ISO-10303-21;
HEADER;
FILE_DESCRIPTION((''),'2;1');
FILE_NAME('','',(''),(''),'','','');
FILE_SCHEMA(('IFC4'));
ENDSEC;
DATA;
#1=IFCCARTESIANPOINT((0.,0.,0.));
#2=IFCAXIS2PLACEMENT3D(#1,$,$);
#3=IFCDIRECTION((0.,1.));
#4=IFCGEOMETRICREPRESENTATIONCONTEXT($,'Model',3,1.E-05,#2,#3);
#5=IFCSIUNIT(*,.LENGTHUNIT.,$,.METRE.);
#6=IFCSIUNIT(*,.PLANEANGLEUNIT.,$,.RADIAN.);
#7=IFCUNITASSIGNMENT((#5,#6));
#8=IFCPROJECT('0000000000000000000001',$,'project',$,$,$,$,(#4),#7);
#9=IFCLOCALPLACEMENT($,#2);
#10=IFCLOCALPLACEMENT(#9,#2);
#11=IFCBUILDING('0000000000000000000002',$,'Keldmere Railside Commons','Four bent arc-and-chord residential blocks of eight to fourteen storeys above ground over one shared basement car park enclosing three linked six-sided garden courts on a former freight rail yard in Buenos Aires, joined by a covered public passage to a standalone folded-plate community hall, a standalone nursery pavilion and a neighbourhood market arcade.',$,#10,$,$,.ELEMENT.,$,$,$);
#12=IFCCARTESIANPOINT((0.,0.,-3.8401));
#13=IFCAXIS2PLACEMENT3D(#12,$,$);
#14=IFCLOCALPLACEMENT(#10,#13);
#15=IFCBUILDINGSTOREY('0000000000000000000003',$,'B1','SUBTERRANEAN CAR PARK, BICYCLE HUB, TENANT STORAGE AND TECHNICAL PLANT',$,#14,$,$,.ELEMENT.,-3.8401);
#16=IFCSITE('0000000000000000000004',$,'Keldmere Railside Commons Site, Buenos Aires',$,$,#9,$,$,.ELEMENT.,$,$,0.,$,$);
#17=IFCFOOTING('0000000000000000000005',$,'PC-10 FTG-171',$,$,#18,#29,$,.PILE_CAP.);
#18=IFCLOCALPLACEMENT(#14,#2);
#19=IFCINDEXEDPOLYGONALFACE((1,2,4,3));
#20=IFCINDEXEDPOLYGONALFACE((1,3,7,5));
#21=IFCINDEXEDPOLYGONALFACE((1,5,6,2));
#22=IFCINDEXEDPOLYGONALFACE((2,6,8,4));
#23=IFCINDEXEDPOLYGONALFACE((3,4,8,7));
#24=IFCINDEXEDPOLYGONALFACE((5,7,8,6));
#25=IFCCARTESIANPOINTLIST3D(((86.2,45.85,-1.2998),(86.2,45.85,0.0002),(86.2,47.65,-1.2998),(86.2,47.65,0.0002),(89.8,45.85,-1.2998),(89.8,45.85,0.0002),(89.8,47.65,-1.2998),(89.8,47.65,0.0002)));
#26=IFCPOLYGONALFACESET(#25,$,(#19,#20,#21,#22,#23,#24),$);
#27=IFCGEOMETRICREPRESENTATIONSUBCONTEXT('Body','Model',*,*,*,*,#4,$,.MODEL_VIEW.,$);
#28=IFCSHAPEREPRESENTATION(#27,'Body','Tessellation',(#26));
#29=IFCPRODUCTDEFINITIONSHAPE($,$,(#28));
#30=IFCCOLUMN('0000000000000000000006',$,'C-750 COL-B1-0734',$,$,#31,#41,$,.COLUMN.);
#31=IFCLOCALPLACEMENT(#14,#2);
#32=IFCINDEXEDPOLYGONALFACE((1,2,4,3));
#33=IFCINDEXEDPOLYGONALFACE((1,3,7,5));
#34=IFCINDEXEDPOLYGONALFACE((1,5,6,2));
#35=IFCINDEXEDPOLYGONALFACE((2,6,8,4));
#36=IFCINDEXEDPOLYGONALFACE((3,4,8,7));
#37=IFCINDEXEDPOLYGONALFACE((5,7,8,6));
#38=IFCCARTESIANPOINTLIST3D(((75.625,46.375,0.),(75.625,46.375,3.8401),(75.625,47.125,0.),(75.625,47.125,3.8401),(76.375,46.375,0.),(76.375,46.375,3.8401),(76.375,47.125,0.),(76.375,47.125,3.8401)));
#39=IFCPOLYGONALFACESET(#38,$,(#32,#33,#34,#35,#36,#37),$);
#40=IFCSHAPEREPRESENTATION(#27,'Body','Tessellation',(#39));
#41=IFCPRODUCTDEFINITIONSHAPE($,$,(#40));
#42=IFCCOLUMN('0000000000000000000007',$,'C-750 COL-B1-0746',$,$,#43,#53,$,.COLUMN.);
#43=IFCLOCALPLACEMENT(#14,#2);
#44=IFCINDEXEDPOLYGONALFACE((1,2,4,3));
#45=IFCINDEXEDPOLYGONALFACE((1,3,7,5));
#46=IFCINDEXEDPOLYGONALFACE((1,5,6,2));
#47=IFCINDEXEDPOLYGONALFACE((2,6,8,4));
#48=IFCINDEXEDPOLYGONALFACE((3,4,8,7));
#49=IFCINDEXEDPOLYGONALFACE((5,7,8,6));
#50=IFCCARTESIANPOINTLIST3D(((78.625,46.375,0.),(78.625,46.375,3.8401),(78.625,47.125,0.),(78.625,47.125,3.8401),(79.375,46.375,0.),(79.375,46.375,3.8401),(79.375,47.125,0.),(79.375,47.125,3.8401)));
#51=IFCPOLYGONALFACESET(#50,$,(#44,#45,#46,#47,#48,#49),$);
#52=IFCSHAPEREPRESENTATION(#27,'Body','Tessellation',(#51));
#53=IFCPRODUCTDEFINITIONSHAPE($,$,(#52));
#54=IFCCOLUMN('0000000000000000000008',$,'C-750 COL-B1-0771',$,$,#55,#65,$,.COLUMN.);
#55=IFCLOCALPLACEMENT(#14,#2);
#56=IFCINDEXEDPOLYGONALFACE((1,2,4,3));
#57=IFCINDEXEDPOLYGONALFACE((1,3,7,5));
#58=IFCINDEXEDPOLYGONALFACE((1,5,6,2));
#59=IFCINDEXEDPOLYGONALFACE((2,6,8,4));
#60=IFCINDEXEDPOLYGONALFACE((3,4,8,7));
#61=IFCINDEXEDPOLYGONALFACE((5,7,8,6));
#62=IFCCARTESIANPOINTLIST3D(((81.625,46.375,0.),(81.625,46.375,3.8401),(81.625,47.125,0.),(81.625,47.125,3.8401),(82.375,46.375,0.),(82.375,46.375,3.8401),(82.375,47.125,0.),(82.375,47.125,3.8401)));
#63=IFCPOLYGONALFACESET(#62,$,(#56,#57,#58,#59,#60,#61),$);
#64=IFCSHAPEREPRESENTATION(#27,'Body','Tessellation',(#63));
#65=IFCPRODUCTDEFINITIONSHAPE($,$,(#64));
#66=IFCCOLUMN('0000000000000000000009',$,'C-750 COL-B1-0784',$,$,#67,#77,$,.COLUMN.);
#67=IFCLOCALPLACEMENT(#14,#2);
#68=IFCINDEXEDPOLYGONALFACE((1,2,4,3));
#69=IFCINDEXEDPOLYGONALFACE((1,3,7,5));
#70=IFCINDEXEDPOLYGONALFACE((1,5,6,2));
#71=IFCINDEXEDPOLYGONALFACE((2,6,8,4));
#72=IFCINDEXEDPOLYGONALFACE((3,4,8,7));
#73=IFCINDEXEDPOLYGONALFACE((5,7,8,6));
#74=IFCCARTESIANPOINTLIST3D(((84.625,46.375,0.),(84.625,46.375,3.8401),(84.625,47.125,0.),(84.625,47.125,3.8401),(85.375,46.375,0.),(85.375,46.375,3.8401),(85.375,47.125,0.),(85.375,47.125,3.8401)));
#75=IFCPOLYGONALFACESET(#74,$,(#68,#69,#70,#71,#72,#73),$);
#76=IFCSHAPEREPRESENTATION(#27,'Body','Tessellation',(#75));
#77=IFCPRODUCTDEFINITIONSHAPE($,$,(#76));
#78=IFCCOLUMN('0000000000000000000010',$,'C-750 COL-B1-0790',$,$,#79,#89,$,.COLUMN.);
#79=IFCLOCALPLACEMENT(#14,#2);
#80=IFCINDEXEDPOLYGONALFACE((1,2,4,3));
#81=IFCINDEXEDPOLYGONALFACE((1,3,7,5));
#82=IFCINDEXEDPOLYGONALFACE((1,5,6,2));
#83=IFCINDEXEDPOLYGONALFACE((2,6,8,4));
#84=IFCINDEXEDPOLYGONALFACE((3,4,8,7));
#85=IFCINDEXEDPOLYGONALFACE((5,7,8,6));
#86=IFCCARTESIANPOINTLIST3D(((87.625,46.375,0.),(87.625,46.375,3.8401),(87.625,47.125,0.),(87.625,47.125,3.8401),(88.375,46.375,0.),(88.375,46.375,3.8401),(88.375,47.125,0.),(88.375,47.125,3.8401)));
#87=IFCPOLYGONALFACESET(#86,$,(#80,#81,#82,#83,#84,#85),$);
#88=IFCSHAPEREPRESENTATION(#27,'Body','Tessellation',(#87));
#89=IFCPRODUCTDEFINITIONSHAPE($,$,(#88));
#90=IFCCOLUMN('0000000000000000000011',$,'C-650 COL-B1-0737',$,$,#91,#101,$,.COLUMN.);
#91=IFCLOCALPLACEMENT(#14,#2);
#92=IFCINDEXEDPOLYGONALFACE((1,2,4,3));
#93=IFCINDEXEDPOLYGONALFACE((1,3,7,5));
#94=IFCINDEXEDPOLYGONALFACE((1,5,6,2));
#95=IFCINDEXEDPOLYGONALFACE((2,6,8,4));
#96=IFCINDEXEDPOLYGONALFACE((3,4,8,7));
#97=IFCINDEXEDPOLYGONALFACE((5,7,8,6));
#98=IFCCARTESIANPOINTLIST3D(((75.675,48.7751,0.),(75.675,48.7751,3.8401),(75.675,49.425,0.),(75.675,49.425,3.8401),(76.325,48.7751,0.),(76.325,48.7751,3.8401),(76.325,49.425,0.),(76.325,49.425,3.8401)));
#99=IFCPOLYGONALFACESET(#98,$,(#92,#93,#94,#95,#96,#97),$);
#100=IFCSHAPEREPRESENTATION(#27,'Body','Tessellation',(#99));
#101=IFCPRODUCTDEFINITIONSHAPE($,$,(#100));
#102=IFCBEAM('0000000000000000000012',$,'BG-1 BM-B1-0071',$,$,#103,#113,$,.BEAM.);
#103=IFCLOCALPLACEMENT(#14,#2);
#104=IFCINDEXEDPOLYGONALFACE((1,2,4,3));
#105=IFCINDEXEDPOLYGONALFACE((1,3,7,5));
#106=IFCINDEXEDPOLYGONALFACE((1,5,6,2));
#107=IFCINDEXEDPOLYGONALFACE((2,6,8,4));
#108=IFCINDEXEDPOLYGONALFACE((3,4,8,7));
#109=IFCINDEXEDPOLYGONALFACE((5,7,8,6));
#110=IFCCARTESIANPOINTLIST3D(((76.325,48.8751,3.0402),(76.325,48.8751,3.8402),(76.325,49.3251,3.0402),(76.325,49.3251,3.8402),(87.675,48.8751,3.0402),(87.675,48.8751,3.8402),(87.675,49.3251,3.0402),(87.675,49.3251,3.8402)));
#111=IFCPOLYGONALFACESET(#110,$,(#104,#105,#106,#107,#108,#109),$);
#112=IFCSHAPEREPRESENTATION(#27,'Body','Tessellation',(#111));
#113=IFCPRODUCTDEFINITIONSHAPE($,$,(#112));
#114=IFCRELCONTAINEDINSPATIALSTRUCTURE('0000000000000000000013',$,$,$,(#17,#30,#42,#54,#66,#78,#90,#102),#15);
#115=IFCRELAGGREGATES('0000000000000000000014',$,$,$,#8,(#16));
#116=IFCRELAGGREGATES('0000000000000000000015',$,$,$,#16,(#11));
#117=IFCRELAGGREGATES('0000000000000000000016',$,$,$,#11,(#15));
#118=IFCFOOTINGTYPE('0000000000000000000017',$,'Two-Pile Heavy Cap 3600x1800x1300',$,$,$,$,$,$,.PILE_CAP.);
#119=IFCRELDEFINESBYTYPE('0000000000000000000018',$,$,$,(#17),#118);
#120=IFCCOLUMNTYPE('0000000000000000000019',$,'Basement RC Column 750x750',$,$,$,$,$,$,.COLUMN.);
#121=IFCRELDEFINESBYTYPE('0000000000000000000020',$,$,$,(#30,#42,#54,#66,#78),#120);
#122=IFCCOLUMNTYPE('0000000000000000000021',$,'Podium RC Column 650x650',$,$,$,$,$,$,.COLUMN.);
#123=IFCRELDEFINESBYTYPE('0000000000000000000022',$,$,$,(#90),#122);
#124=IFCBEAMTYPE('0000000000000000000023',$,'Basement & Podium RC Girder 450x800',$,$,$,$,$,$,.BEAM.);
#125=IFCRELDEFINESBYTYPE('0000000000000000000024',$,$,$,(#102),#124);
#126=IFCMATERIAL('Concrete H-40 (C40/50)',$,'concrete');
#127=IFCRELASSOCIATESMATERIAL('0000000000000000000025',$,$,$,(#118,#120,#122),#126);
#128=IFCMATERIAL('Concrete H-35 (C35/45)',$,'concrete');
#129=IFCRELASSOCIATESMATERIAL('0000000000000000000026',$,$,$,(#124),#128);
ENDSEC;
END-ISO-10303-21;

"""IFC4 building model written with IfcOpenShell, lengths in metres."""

from ifc_helpers import new_model, si_unit, direction, frame, origin, origin_2d, place, context, subcontext, project, spatial, rectangle, extrude, material, material_profile, profile_set, type_object, element, save


model = new_model("IFC4")

# Units and contexts
model_context = context("Model", 3, precision=1e-05, world=origin(), true_north=direction((0.0, 1.0)))
body_context = subcontext(model_context, "Body", "Model", "MODEL_VIEW")
ifc_project = project(units=[si_unit("LENGTHUNIT", "METRE"), si_unit("PLANEANGLEUNIT", "RADIAN")], contexts=[model_context])

# Site, building, storey
site_placement = place(None, origin())
site = spatial("IfcSite", under=ifc_project, at=site_placement, Name="Keldmere Railside Commons Site, Buenos Aires", CompositionType="ELEMENT", RefElevation=0.0)
building_placement = place(site_placement, origin())
building = spatial("IfcBuilding", under=site, at=building_placement, Name="Keldmere Railside Commons", Description="Four bent arc-and-chord residential blocks of eight to fourteen storeys above ground over one shared basement car park enclosing three linked six-sided garden courts on a former freight rail yard in Buenos Aires, joined by a covered public passage to a standalone folded-plate community hall, a standalone nursery pavilion and a neighbourhood market arcade.", CompositionType="ELEMENT")
storey_placement = place(building_placement, frame((0.0, 0.0, -3.8401)))
storey = spatial("IfcBuildingStorey", under=building, at=storey_placement, Name="B1", Description="SUBTERRANEAN CAR PARK, BICYCLE HUB, TENANT STORAGE AND TECHNICAL PLANT", CompositionType="ELEMENT", Elevation=-3.8401)

# Footing
ifc_material_1 = material(Name="Concrete H-40 (C40/50)", Category="concrete")
footing_type_1 = type_object("IfcFootingType", Name="Two-Pile Heavy Cap 3600x1800x1300", PredefinedType="PILE_CAP", material=ifc_material_1)
for number, where, z_axis, x_axis, name in (
    (1, (88.0, 46.75, -1.2998), (0.0, 0.0, 1.0), (1.0, 0.0, 0.0), "PC-10 FTG-171"),
):
    element("IfcFooting", number, at=place(storey_placement, frame(where, z_axis=z_axis, x_axis=x_axis)), inside=storey, type_object=footing_type_1, Name=name, PredefinedType="PILE_CAP", context=body_context, shape_type="SweptSolid", body=[
        extrude(rectangle(XDim=3.6001, YDim=1.8, at=origin_2d()), origin(), (0.0, 0.0, 1.0), 1.3),
    ])

# Columns
ifc_material_profile_1 = material_profile(ifc_material_1, rectangle(XDim=0.75, YDim=0.75, at=origin_2d()), Name="RC-750x750")
ifc_profile_set_1 = profile_set([ifc_material_profile_1], Name="Concrete H-40 (C40/50)")
column_type_1 = type_object("IfcColumnType", Name="Basement RC Column 750x750", PredefinedType="COLUMN", material=ifc_profile_set_1)
for number, where, z_axis, x_axis, name in (
    (2, (76.0, 46.75, 0.0), (0.0, 0.0, 1.0), (1.0, 0.0, 0.0), "C-750 COL-B1-0734"),
    (3, (79.0, 46.75, 0.0), (0.0, 0.0, 1.0), (1.0, 0.0, 0.0), "C-750 COL-B1-0746"),
    (4, (82.0, 46.75, 0.0), (0.0, 0.0, 1.0), (1.0, 0.0, 0.0), "C-750 COL-B1-0771"),
    (5, (85.0, 46.75, 0.0), (0.0, 0.0, 1.0), (1.0, 0.0, 0.0), "C-750 COL-B1-0784"),
    (6, (88.0, 46.75, 0.0), (0.0, 0.0, 1.0), (1.0, 0.0, 0.0), "C-750 COL-B1-0790"),
):
    element("IfcColumn", number, at=place(storey_placement, frame(where, z_axis=z_axis, x_axis=x_axis)), inside=storey, type_object=column_type_1, Name=name, PredefinedType="COLUMN", context=body_context, shape_type="SweptSolid", body=[
        extrude(rectangle(XDim=0.75, YDim=0.75, at=origin_2d()), origin(), (0.0, 0.0, 1.0), 3.8401),
    ])
ifc_material_profile_2 = material_profile(ifc_material_1, rectangle(XDim=0.6499, YDim=0.6499, at=origin_2d()), Name="RC-650x650")
ifc_profile_set_2 = profile_set([ifc_material_profile_2], Name="Concrete H-40 (C40/50)")
column_type_2 = type_object("IfcColumnType", Name="Podium RC Column 650x650", PredefinedType="COLUMN", material=ifc_profile_set_2)
column_placement = place(storey_placement, frame((76.0, 49.1001, 0.0), z_axis=(0.0, 0.0, 1.0), x_axis=(1.0, 0.0, 0.0)))
element("IfcColumn", 7, at=column_placement, inside=storey, type_object=column_type_2, Name="C-650 COL-B1-0737", PredefinedType="COLUMN", context=body_context, shape_type="SweptSolid", body=[
    extrude(rectangle(XDim=0.6499, YDim=0.6499, at=origin_2d()), origin(), (0.0, 0.0, 1.0), 3.8401),
])

# Beam
ifc_material_2 = material(Name="Concrete H-35 (C35/45)", Category="concrete")
ifc_material_profile_3 = material_profile(ifc_material_2, rectangle(XDim=0.45, YDim=0.8, at=origin_2d()), Name="RC-450x800")
ifc_profile_set_3 = profile_set([ifc_material_profile_3], Name="Concrete H-35 (C35/45)")
beam_type = type_object("IfcBeamType", Name="Basement & Podium RC Girder 450x800", PredefinedType="BEAM", material=ifc_profile_set_3)
beam_placement = place(storey_placement, frame((76.325, 49.1001, 3.4402), z_axis=(1.0, 0.0, 0.0), x_axis=(0.0, 1.0, 0.0)))
element("IfcBeam", 8, at=beam_placement, inside=storey, type_object=beam_type, Name="BG-1 BM-B1-0071", PredefinedType="BEAM", context=body_context, shape_type="SweptSolid", body=[
    extrude(rectangle(XDim=0.45, YDim=0.8, at=origin_2d()), origin(), (0.0, 0.0, 1.0), 11.3501),
])

save(model, "model.ifc")
